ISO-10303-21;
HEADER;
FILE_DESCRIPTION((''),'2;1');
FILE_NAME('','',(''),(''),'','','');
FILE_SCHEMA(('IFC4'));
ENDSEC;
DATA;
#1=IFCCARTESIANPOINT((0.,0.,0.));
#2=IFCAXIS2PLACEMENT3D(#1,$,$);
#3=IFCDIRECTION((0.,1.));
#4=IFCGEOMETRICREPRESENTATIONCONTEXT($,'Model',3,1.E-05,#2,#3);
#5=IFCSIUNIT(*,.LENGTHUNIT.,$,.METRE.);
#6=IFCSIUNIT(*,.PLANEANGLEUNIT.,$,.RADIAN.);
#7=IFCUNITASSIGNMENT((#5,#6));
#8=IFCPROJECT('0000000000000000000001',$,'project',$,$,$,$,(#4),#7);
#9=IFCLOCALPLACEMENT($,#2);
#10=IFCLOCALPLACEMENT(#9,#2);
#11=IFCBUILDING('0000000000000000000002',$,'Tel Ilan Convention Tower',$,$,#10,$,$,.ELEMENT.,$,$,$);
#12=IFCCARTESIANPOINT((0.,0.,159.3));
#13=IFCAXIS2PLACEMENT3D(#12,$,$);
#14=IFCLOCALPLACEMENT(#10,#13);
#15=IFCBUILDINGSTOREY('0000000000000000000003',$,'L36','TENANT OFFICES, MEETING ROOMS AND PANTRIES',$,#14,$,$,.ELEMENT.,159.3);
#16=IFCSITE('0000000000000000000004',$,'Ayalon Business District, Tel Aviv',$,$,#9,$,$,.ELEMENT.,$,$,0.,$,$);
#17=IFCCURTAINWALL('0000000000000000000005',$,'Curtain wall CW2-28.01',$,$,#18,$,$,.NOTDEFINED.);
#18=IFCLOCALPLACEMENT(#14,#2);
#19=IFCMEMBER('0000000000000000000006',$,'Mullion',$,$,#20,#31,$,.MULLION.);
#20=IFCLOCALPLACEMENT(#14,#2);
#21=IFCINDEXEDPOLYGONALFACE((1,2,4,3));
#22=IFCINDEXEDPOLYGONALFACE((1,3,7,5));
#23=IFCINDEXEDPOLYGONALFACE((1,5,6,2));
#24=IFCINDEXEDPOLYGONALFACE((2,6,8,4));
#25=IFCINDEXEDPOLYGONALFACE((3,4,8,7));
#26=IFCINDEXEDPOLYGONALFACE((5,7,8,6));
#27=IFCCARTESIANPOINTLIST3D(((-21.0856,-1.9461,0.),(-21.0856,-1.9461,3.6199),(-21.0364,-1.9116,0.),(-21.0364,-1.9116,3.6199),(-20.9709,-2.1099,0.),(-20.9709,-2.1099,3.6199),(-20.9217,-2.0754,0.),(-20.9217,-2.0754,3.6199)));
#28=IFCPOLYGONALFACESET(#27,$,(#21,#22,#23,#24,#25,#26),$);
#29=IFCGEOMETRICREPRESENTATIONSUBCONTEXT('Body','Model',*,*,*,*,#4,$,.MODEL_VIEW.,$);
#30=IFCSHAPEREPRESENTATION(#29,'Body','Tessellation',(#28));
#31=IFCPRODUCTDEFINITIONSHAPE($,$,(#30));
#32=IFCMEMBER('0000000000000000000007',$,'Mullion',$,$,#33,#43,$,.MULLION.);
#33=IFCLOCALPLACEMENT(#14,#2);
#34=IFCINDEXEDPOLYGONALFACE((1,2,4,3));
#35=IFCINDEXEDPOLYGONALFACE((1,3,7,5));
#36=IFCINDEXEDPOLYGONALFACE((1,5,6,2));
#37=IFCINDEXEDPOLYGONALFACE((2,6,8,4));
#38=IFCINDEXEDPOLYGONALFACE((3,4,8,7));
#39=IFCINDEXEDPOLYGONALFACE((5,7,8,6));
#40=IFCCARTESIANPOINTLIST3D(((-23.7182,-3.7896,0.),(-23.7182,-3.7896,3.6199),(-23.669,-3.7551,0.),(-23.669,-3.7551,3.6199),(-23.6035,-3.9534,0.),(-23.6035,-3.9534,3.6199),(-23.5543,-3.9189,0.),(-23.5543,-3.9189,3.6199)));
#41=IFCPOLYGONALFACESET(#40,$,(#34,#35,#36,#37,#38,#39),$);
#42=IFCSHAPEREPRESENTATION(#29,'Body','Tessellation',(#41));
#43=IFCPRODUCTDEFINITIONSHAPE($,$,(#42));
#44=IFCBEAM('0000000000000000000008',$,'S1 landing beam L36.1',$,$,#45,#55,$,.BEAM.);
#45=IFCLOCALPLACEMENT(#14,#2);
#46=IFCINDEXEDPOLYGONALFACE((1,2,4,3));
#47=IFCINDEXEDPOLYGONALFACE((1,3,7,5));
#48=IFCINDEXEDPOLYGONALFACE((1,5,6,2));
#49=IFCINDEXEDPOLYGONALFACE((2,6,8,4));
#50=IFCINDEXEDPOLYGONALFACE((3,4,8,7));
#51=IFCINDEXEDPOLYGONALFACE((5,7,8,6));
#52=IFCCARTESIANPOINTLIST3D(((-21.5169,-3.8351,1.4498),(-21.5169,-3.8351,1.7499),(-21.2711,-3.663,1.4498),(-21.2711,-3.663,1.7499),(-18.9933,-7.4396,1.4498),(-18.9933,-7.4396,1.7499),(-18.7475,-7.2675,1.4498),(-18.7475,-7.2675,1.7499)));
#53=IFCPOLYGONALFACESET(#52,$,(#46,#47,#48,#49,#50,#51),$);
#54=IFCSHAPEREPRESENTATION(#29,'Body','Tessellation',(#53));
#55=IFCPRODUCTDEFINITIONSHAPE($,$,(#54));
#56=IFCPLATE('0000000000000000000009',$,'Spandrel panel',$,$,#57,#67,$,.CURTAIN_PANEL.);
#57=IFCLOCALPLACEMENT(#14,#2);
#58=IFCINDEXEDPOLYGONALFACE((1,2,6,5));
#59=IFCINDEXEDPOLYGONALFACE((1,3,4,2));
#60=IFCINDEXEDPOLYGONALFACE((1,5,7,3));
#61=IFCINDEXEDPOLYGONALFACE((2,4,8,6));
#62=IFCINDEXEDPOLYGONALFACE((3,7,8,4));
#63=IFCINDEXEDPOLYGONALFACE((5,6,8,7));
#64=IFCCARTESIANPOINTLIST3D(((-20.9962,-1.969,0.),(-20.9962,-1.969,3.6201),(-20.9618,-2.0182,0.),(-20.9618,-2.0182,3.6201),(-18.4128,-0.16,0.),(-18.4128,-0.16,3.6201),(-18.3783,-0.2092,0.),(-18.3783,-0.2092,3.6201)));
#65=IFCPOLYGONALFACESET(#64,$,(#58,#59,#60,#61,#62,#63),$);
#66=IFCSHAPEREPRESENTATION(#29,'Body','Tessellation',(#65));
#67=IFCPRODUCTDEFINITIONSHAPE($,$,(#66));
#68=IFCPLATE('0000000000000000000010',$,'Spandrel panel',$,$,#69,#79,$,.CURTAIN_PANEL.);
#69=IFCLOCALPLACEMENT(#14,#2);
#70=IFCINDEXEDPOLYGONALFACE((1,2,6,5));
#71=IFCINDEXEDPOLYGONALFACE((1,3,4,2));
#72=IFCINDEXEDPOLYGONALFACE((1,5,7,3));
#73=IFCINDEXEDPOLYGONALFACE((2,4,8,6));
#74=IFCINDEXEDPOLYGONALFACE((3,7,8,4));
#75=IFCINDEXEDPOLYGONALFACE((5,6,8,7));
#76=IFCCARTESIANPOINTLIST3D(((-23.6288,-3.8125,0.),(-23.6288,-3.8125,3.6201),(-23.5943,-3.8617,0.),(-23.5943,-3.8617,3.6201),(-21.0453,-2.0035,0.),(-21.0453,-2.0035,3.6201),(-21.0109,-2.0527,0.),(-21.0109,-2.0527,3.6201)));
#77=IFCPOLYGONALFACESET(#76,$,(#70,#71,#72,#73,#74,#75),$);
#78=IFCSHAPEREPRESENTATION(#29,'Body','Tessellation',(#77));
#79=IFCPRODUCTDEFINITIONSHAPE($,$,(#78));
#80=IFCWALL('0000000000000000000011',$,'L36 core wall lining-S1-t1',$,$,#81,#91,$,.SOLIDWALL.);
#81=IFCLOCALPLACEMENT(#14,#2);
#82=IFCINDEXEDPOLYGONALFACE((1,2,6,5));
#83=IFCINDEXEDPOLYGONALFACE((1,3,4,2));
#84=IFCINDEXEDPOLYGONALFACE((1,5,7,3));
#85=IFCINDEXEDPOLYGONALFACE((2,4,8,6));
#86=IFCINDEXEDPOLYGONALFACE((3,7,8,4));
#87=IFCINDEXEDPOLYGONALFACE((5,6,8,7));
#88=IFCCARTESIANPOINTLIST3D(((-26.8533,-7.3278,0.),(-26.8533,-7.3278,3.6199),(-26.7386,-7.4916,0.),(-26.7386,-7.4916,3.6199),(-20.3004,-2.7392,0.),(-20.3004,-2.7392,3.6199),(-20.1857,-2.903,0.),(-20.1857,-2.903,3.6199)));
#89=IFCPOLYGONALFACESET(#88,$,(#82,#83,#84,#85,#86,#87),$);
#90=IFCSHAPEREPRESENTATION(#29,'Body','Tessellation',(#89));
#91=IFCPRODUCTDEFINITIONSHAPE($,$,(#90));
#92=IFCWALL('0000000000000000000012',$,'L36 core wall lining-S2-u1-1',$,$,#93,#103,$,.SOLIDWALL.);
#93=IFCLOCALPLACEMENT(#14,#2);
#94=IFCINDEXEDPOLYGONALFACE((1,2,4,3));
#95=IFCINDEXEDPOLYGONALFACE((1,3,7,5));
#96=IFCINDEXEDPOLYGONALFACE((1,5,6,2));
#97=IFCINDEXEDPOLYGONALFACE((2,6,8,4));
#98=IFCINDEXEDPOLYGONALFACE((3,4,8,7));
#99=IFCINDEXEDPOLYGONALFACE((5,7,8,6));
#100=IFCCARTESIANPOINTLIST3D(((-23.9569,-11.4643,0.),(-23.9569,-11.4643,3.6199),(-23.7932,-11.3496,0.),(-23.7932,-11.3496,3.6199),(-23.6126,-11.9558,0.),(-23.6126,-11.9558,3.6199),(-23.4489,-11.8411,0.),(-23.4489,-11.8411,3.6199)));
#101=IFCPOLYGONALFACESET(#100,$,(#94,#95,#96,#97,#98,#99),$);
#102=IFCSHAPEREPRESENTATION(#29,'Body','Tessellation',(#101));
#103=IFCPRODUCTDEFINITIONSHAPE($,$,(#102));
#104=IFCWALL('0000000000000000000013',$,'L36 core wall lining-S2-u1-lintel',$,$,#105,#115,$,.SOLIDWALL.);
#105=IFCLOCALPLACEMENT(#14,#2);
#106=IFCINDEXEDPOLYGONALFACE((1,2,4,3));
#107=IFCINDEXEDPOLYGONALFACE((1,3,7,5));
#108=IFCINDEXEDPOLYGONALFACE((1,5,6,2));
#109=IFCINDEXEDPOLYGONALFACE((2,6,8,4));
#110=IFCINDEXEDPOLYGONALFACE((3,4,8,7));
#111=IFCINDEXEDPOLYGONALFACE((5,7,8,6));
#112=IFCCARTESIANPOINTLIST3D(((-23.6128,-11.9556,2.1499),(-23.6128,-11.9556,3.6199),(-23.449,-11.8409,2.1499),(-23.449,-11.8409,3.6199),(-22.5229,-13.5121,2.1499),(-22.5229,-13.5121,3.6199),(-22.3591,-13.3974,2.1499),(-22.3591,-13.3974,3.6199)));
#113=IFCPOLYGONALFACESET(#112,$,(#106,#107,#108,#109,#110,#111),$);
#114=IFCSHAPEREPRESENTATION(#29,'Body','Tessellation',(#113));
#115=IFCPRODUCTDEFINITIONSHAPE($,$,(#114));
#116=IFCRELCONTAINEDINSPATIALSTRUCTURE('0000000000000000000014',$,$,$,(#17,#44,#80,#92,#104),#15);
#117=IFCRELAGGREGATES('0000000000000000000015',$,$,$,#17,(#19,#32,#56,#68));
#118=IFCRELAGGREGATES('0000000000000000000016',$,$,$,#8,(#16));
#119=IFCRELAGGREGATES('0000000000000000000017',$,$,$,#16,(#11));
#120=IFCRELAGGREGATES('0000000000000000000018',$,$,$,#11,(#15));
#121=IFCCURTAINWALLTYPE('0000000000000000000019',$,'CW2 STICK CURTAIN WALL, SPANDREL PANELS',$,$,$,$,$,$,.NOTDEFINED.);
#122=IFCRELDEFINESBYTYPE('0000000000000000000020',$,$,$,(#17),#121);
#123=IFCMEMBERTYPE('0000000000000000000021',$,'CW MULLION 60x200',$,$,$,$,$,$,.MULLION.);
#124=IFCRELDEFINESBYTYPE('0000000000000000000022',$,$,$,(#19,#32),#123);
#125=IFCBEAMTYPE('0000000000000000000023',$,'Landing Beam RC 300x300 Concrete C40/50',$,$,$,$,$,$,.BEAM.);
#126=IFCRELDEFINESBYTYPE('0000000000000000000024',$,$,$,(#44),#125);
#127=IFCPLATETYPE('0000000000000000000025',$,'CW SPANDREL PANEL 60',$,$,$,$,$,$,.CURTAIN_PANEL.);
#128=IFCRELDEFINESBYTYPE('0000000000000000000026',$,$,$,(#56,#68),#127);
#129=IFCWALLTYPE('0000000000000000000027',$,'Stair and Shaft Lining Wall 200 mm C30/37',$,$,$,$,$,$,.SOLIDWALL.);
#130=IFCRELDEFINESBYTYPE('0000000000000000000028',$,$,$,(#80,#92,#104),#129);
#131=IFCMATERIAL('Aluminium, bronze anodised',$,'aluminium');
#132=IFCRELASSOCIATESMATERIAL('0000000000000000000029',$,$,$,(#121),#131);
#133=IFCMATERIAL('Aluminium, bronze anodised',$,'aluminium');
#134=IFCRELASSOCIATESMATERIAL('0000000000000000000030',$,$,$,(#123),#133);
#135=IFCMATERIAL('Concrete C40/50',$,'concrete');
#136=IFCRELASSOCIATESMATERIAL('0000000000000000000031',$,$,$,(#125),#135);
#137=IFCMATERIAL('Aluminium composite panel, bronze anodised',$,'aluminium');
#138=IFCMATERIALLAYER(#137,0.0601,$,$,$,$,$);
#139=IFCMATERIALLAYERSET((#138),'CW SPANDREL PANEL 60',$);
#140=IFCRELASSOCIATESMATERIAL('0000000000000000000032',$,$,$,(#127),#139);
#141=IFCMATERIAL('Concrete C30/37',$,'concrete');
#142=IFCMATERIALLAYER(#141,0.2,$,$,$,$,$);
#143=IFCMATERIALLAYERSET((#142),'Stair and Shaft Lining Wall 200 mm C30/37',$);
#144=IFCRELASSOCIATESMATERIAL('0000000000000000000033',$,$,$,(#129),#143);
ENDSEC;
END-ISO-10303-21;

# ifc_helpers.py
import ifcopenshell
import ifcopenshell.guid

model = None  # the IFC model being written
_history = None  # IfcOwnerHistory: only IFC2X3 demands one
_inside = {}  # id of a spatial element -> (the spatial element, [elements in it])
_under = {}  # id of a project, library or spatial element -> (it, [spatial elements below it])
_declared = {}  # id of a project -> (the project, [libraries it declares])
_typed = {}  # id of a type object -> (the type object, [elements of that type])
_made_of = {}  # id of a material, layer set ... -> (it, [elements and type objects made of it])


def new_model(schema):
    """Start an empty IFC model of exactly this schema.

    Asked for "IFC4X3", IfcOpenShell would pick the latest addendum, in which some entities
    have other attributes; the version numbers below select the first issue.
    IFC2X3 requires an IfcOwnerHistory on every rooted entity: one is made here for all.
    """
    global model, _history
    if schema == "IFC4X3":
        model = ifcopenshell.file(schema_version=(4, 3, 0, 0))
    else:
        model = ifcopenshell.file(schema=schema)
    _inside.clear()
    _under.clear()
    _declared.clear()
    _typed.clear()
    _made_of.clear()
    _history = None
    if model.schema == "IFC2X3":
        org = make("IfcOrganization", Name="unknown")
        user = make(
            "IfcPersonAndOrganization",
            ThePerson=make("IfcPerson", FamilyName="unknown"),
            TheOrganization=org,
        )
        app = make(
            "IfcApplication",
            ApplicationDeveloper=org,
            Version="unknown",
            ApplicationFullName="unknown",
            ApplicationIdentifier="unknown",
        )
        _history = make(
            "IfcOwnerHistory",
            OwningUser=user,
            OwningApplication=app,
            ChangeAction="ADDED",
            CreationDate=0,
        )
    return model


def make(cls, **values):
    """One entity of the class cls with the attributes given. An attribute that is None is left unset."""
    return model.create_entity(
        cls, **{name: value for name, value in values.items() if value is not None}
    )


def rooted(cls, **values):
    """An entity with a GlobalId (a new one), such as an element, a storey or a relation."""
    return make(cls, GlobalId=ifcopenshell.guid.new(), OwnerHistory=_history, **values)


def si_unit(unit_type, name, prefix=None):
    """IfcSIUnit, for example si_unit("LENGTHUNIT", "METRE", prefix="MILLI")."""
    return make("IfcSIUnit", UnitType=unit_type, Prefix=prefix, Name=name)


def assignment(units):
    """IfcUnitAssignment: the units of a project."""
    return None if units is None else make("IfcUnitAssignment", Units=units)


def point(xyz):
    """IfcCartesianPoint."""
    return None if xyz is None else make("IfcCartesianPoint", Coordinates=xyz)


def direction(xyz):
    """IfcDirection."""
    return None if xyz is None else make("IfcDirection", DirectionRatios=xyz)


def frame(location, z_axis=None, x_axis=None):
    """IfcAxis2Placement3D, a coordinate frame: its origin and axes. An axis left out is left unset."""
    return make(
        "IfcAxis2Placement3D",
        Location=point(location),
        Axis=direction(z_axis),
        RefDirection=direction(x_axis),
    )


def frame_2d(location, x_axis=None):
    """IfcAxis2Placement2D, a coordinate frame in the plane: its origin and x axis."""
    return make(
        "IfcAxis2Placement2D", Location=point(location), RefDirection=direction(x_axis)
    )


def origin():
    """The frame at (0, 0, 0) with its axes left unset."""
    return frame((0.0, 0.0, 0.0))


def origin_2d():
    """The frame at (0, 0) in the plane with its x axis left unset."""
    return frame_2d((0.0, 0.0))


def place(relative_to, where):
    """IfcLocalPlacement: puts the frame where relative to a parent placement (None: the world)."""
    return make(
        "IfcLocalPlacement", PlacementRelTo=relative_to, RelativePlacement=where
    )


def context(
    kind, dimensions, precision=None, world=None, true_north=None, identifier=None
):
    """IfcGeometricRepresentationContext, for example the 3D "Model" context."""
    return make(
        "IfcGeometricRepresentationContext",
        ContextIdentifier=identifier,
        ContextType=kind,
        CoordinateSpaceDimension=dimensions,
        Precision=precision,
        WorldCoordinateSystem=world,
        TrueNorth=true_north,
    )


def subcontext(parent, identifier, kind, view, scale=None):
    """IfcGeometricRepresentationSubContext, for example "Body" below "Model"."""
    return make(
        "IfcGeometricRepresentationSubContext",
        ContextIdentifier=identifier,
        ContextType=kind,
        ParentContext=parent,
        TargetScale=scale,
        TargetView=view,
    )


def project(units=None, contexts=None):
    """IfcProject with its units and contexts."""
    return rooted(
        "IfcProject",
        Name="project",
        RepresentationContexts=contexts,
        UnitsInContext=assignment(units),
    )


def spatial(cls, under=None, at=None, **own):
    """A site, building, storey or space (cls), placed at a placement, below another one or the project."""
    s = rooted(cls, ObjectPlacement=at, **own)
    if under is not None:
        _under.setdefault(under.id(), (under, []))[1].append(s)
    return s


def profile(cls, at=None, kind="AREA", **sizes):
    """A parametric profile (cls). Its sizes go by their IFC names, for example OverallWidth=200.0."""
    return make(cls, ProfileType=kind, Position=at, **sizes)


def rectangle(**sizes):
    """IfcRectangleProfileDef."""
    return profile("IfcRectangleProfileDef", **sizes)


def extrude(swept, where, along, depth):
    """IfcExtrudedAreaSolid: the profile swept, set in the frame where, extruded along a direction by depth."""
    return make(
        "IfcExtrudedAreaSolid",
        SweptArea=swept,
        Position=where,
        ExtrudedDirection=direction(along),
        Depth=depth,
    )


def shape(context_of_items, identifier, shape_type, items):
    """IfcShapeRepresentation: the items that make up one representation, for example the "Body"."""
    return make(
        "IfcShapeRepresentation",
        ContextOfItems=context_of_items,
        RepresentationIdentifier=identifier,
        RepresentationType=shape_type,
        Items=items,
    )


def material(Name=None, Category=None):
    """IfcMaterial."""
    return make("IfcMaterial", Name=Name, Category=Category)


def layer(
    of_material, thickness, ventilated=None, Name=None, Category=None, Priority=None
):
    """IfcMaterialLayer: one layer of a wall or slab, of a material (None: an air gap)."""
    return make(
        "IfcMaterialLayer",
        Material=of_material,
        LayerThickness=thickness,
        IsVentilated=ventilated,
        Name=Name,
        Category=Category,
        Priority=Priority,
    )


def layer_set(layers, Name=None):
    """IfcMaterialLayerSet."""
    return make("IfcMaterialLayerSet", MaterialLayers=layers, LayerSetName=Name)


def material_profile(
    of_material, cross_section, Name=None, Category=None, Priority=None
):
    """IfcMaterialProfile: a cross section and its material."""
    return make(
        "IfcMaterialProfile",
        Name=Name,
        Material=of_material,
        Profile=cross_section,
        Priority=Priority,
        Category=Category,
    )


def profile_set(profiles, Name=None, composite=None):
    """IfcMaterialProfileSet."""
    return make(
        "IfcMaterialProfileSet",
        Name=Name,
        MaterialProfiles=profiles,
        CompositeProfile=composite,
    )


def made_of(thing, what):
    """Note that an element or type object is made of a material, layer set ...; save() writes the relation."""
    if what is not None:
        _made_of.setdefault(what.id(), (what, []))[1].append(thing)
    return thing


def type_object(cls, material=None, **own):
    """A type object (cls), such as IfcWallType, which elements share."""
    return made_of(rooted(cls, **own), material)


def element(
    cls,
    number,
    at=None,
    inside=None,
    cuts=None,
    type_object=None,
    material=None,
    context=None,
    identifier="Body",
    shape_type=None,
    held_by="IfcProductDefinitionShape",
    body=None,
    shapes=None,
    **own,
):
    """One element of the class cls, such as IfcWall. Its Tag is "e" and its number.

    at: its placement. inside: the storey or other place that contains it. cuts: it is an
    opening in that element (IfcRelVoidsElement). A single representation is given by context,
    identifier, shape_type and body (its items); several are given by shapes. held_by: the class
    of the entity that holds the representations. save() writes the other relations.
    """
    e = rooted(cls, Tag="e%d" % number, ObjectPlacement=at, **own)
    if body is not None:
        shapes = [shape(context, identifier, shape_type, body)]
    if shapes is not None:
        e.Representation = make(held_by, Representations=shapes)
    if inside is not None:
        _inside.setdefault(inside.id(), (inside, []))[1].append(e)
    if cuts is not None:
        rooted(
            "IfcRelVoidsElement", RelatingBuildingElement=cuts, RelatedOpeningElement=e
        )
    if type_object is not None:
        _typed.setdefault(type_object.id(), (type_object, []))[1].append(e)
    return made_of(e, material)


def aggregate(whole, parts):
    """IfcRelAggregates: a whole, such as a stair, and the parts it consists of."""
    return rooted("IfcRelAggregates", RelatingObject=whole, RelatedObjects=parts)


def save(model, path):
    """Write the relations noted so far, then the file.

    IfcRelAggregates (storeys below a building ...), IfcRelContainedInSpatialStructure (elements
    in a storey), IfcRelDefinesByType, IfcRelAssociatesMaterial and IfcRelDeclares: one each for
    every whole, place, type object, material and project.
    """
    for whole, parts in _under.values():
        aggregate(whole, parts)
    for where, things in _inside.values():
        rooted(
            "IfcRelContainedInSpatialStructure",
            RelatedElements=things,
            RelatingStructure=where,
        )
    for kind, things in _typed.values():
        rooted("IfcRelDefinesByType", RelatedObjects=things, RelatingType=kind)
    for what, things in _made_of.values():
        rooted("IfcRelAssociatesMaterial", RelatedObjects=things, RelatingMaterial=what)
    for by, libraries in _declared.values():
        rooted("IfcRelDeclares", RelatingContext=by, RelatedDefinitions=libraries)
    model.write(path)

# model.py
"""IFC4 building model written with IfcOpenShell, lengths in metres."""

from ifc_helpers import new_model, si_unit, direction, frame, frame_2d, origin, origin_2d, place, context, subcontext, project, spatial, rectangle, extrude, material, layer, layer_set, material_profile, profile_set, type_object, element, aggregate, save


model = new_model("IFC4")

# Units and contexts
model_context = context("Model", 3, precision=1e-05, world=origin(), true_north=direction((0.0, 1.0)))
body_context = subcontext(model_context, "Body", "Model", "MODEL_VIEW")
ifc_project = project(units=[si_unit("LENGTHUNIT", "METRE"), si_unit("PLANEANGLEUNIT", "RADIAN")], contexts=[model_context])

# Site, building, storey
site_placement = place(None, origin())
site = spatial("IfcSite", under=ifc_project, at=site_placement, Name="Ayalon Business District, Tel Aviv", CompositionType="ELEMENT", RefElevation=0.0)
building_placement = place(site_placement, origin())
building = spatial("IfcBuilding", under=site, at=building_placement, Name="Tel Ilan Convention Tower", CompositionType="ELEMENT")
storey_placement = place(building_placement, frame((0.0, 0.0, 159.3)))
storey = spatial("IfcBuildingStorey", under=building, at=storey_placement, Name="L36", Description="TENANT OFFICES, MEETING ROOMS AND PANTRIES", CompositionType="ELEMENT", Elevation=159.3)

# Curtain wall, members
ifc_material_1 = material(Name="Aluminium, bronze anodised", Category="aluminium")
curtain_wall_type = type_object("IfcCurtainWallType", Name="CW2 STICK CURTAIN WALL, SPANDREL PANELS", PredefinedType="NOTDEFINED", material=ifc_material_1)
curtain_wall_placement = place(storey_placement, origin())
curtain_wall = element("IfcCurtainWall", 1, at=curtain_wall_placement, inside=storey, type_object=curtain_wall_type, Name="Curtain wall CW2-28.01", PredefinedType="NOTDEFINED")
ifc_material_2 = material(Name="Aluminium, bronze anodised", Category="aluminium")
ifc_material_profile_1 = material_profile(ifc_material_2, rectangle(XDim=0.0601, YDim=0.2, at=origin_2d()), Name="CW MULLION 60x200")
ifc_profile_set_1 = profile_set([ifc_material_profile_1], Name="Aluminium, bronze anodised")
member_type = type_object("IfcMemberType", Name="CW MULLION 60x200", PredefinedType="MULLION", material=ifc_profile_set_1)
member_1_placement = place(storey_placement, frame((-21.0037, -2.0107, 0.0), z_axis=(0.0, 0.0, 1.0), x_axis=(-0.819152, -0.573576, 0.0)))
member_1 = element("IfcMember", 2, at=member_1_placement, type_object=member_type, Name="Mullion", PredefinedType="MULLION", context=body_context, shape_type="SweptSolid", body=[
    extrude(rectangle(XDim=0.0601, YDim=0.2, at=origin_2d()), origin(), (0.0, 0.0, 1.0), 3.6199),
])
member_2_placement = place(storey_placement, frame((-23.6362, -3.8542, 0.0), z_axis=(0.0, 0.0, 1.0), x_axis=(-0.819152, -0.573576, 0.0)))
member_2 = element("IfcMember", 3, at=member_2_placement, type_object=member_type, Name="Mullion", PredefinedType="MULLION", context=body_context, shape_type="SweptSolid", body=[
    extrude(rectangle(XDim=0.0601, YDim=0.2, at=origin_2d()), origin(), (0.0, 0.0, 1.0), 3.6199),
])

# Beam
ifc_material_3 = material(Name="Concrete C40/50", Category="concrete")
ifc_material_profile_2 = material_profile(ifc_material_3, rectangle(XDim=0.3, YDim=0.3, at=origin_2d()), Name="RC 300x300")
ifc_profile_set_2 = profile_set([ifc_material_profile_2], Name="Concrete C40/50")
beam_type = type_object("IfcBeamType", Name="Landing Beam RC 300x300 Concrete C40/50", PredefinedType="BEAM", material=ifc_profile_set_2)
beam_placement = place(storey_placement, frame((-18.8704, -7.3535, 1.5999), z_axis=(-0.573544, 0.819175, 0.0), x_axis=(-0.819175, -0.573544, 0.0)))
element("IfcBeam", 4, at=beam_placement, inside=storey, type_object=beam_type, Name="S1 landing beam L36.1", PredefinedType="BEAM", context=body_context, shape_type="SweptSolid", body=[
    extrude(rectangle(XDim=0.3, YDim=0.3, at=origin_2d()), origin(), (0.0, 0.0, 1.0), 4.4001),
])

# Plates
ifc_material_4 = material(Name="Aluminium composite panel, bronze anodised", Category="aluminium")
ifc_layer_1 = layer(ifc_material_4, 0.0601)
ifc_layer_set_1 = layer_set([ifc_layer_1], Name="CW SPANDREL PANEL 60")
plate_type = type_object("IfcPlateType", Name="CW SPANDREL PANEL 60", PredefinedType="CURTAIN_PANEL", material=ifc_layer_set_1)
plate_1_placement = place(storey_placement, frame((-19.6873, -1.0891, 0.0), z_axis=(0.0, 0.0, 1.0), x_axis=(-0.819152, -0.573576, 0.0)))
plate_1 = element("IfcPlate", 5, at=plate_1_placement, type_object=plate_type, Name="Spandrel panel", PredefinedType="CURTAIN_PANEL", context=body_context, shape_type="SweptSolid", body=[
    extrude(rectangle(XDim=3.1538, YDim=0.0601, at=origin_2d()), origin(), (0.0, 0.0, 1.0), 3.6201),
])
plate_2_placement = place(storey_placement, frame((-22.3198, -2.9326, 0.0), z_axis=(0.0, 0.0, 1.0), x_axis=(-0.819152, -0.573576, 0.0)))
plate_2 = element("IfcPlate", 6, at=plate_2_placement, type_object=plate_type, Name="Spandrel panel", PredefinedType="CURTAIN_PANEL", context=body_context, shape_type="SweptSolid", body=[
    extrude(rectangle(XDim=3.1538, YDim=0.0601, at=origin_2d()), origin(), (0.0, 0.0, 1.0), 3.6201),
])
aggregate(curtain_wall, [member_1, member_2, plate_1, plate_2])

# Walls
ifc_material_5 = material(Name="Concrete C30/37", Category="concrete")
ifc_layer_2 = layer(ifc_material_5, 0.2)
ifc_layer_set_2 = layer_set([ifc_layer_2], Name="Stair and Shaft Lining Wall 200 mm C30/37")
wall_type = type_object("IfcWallType", Name="Stair and Shaft Lining Wall 200 mm C30/37", PredefinedType="SOLIDWALL", material=ifc_layer_set_2)
wall_1_placement = place(storey_placement, frame((-20.2429, -2.821, 0.0), z_axis=(0.0, 0.0, 1.0), x_axis=(-0.819142, -0.573591, 0.0)))
element("IfcWall", 7, at=wall_1_placement, inside=storey, type_object=wall_type, Name="L36 core wall lining-S1-t1", PredefinedType="SOLIDWALL", context=body_context, shape_type="SweptSolid", body=[
    extrude(rectangle(XDim=7.9998, YDim=0.2, at=frame_2d((4.0, 0.0))), origin(), (0.0, 0.0, 1.0), 3.6199),
])
wall_2_placement = place(storey_placement, frame((-23.5308, -11.8984, 0.0), z_axis=(0.0, 0.0, 1.0), x_axis=(-0.573708, 0.81906, 0.0)))
element("IfcWall", 8, at=wall_2_placement, inside=storey, type_object=wall_type, Name="L36 core wall lining-S2-u1-1", PredefinedType="SOLIDWALL", context=body_context, shape_type="SweptSolid", body=[
    extrude(rectangle(XDim=0.6001, YDim=0.2, at=frame_2d((0.3, 0.0))), origin(), (0.0, 0.0, 1.0), 3.6199),
])
wall_3_placement = place(storey_placement, frame((-22.4409, -13.4548, 2.1499), z_axis=(0.0, 0.0, 1.0), x_axis=(-0.573592, 0.819141, 0.0)))
element("IfcWall", 9, at=wall_3_placement, inside=storey, type_object=wall_type, Name="L36 core wall lining-S2-u1-lintel", PredefinedType="SOLIDWALL", context=body_context, shape_type="SweptSolid", body=[
    extrude(rectangle(XDim=1.9001, YDim=0.2, at=frame_2d((0.9502, 0.0))), origin(), (0.0, 0.0, 1.0), 1.47),
])

save(model, "model.ifc")
